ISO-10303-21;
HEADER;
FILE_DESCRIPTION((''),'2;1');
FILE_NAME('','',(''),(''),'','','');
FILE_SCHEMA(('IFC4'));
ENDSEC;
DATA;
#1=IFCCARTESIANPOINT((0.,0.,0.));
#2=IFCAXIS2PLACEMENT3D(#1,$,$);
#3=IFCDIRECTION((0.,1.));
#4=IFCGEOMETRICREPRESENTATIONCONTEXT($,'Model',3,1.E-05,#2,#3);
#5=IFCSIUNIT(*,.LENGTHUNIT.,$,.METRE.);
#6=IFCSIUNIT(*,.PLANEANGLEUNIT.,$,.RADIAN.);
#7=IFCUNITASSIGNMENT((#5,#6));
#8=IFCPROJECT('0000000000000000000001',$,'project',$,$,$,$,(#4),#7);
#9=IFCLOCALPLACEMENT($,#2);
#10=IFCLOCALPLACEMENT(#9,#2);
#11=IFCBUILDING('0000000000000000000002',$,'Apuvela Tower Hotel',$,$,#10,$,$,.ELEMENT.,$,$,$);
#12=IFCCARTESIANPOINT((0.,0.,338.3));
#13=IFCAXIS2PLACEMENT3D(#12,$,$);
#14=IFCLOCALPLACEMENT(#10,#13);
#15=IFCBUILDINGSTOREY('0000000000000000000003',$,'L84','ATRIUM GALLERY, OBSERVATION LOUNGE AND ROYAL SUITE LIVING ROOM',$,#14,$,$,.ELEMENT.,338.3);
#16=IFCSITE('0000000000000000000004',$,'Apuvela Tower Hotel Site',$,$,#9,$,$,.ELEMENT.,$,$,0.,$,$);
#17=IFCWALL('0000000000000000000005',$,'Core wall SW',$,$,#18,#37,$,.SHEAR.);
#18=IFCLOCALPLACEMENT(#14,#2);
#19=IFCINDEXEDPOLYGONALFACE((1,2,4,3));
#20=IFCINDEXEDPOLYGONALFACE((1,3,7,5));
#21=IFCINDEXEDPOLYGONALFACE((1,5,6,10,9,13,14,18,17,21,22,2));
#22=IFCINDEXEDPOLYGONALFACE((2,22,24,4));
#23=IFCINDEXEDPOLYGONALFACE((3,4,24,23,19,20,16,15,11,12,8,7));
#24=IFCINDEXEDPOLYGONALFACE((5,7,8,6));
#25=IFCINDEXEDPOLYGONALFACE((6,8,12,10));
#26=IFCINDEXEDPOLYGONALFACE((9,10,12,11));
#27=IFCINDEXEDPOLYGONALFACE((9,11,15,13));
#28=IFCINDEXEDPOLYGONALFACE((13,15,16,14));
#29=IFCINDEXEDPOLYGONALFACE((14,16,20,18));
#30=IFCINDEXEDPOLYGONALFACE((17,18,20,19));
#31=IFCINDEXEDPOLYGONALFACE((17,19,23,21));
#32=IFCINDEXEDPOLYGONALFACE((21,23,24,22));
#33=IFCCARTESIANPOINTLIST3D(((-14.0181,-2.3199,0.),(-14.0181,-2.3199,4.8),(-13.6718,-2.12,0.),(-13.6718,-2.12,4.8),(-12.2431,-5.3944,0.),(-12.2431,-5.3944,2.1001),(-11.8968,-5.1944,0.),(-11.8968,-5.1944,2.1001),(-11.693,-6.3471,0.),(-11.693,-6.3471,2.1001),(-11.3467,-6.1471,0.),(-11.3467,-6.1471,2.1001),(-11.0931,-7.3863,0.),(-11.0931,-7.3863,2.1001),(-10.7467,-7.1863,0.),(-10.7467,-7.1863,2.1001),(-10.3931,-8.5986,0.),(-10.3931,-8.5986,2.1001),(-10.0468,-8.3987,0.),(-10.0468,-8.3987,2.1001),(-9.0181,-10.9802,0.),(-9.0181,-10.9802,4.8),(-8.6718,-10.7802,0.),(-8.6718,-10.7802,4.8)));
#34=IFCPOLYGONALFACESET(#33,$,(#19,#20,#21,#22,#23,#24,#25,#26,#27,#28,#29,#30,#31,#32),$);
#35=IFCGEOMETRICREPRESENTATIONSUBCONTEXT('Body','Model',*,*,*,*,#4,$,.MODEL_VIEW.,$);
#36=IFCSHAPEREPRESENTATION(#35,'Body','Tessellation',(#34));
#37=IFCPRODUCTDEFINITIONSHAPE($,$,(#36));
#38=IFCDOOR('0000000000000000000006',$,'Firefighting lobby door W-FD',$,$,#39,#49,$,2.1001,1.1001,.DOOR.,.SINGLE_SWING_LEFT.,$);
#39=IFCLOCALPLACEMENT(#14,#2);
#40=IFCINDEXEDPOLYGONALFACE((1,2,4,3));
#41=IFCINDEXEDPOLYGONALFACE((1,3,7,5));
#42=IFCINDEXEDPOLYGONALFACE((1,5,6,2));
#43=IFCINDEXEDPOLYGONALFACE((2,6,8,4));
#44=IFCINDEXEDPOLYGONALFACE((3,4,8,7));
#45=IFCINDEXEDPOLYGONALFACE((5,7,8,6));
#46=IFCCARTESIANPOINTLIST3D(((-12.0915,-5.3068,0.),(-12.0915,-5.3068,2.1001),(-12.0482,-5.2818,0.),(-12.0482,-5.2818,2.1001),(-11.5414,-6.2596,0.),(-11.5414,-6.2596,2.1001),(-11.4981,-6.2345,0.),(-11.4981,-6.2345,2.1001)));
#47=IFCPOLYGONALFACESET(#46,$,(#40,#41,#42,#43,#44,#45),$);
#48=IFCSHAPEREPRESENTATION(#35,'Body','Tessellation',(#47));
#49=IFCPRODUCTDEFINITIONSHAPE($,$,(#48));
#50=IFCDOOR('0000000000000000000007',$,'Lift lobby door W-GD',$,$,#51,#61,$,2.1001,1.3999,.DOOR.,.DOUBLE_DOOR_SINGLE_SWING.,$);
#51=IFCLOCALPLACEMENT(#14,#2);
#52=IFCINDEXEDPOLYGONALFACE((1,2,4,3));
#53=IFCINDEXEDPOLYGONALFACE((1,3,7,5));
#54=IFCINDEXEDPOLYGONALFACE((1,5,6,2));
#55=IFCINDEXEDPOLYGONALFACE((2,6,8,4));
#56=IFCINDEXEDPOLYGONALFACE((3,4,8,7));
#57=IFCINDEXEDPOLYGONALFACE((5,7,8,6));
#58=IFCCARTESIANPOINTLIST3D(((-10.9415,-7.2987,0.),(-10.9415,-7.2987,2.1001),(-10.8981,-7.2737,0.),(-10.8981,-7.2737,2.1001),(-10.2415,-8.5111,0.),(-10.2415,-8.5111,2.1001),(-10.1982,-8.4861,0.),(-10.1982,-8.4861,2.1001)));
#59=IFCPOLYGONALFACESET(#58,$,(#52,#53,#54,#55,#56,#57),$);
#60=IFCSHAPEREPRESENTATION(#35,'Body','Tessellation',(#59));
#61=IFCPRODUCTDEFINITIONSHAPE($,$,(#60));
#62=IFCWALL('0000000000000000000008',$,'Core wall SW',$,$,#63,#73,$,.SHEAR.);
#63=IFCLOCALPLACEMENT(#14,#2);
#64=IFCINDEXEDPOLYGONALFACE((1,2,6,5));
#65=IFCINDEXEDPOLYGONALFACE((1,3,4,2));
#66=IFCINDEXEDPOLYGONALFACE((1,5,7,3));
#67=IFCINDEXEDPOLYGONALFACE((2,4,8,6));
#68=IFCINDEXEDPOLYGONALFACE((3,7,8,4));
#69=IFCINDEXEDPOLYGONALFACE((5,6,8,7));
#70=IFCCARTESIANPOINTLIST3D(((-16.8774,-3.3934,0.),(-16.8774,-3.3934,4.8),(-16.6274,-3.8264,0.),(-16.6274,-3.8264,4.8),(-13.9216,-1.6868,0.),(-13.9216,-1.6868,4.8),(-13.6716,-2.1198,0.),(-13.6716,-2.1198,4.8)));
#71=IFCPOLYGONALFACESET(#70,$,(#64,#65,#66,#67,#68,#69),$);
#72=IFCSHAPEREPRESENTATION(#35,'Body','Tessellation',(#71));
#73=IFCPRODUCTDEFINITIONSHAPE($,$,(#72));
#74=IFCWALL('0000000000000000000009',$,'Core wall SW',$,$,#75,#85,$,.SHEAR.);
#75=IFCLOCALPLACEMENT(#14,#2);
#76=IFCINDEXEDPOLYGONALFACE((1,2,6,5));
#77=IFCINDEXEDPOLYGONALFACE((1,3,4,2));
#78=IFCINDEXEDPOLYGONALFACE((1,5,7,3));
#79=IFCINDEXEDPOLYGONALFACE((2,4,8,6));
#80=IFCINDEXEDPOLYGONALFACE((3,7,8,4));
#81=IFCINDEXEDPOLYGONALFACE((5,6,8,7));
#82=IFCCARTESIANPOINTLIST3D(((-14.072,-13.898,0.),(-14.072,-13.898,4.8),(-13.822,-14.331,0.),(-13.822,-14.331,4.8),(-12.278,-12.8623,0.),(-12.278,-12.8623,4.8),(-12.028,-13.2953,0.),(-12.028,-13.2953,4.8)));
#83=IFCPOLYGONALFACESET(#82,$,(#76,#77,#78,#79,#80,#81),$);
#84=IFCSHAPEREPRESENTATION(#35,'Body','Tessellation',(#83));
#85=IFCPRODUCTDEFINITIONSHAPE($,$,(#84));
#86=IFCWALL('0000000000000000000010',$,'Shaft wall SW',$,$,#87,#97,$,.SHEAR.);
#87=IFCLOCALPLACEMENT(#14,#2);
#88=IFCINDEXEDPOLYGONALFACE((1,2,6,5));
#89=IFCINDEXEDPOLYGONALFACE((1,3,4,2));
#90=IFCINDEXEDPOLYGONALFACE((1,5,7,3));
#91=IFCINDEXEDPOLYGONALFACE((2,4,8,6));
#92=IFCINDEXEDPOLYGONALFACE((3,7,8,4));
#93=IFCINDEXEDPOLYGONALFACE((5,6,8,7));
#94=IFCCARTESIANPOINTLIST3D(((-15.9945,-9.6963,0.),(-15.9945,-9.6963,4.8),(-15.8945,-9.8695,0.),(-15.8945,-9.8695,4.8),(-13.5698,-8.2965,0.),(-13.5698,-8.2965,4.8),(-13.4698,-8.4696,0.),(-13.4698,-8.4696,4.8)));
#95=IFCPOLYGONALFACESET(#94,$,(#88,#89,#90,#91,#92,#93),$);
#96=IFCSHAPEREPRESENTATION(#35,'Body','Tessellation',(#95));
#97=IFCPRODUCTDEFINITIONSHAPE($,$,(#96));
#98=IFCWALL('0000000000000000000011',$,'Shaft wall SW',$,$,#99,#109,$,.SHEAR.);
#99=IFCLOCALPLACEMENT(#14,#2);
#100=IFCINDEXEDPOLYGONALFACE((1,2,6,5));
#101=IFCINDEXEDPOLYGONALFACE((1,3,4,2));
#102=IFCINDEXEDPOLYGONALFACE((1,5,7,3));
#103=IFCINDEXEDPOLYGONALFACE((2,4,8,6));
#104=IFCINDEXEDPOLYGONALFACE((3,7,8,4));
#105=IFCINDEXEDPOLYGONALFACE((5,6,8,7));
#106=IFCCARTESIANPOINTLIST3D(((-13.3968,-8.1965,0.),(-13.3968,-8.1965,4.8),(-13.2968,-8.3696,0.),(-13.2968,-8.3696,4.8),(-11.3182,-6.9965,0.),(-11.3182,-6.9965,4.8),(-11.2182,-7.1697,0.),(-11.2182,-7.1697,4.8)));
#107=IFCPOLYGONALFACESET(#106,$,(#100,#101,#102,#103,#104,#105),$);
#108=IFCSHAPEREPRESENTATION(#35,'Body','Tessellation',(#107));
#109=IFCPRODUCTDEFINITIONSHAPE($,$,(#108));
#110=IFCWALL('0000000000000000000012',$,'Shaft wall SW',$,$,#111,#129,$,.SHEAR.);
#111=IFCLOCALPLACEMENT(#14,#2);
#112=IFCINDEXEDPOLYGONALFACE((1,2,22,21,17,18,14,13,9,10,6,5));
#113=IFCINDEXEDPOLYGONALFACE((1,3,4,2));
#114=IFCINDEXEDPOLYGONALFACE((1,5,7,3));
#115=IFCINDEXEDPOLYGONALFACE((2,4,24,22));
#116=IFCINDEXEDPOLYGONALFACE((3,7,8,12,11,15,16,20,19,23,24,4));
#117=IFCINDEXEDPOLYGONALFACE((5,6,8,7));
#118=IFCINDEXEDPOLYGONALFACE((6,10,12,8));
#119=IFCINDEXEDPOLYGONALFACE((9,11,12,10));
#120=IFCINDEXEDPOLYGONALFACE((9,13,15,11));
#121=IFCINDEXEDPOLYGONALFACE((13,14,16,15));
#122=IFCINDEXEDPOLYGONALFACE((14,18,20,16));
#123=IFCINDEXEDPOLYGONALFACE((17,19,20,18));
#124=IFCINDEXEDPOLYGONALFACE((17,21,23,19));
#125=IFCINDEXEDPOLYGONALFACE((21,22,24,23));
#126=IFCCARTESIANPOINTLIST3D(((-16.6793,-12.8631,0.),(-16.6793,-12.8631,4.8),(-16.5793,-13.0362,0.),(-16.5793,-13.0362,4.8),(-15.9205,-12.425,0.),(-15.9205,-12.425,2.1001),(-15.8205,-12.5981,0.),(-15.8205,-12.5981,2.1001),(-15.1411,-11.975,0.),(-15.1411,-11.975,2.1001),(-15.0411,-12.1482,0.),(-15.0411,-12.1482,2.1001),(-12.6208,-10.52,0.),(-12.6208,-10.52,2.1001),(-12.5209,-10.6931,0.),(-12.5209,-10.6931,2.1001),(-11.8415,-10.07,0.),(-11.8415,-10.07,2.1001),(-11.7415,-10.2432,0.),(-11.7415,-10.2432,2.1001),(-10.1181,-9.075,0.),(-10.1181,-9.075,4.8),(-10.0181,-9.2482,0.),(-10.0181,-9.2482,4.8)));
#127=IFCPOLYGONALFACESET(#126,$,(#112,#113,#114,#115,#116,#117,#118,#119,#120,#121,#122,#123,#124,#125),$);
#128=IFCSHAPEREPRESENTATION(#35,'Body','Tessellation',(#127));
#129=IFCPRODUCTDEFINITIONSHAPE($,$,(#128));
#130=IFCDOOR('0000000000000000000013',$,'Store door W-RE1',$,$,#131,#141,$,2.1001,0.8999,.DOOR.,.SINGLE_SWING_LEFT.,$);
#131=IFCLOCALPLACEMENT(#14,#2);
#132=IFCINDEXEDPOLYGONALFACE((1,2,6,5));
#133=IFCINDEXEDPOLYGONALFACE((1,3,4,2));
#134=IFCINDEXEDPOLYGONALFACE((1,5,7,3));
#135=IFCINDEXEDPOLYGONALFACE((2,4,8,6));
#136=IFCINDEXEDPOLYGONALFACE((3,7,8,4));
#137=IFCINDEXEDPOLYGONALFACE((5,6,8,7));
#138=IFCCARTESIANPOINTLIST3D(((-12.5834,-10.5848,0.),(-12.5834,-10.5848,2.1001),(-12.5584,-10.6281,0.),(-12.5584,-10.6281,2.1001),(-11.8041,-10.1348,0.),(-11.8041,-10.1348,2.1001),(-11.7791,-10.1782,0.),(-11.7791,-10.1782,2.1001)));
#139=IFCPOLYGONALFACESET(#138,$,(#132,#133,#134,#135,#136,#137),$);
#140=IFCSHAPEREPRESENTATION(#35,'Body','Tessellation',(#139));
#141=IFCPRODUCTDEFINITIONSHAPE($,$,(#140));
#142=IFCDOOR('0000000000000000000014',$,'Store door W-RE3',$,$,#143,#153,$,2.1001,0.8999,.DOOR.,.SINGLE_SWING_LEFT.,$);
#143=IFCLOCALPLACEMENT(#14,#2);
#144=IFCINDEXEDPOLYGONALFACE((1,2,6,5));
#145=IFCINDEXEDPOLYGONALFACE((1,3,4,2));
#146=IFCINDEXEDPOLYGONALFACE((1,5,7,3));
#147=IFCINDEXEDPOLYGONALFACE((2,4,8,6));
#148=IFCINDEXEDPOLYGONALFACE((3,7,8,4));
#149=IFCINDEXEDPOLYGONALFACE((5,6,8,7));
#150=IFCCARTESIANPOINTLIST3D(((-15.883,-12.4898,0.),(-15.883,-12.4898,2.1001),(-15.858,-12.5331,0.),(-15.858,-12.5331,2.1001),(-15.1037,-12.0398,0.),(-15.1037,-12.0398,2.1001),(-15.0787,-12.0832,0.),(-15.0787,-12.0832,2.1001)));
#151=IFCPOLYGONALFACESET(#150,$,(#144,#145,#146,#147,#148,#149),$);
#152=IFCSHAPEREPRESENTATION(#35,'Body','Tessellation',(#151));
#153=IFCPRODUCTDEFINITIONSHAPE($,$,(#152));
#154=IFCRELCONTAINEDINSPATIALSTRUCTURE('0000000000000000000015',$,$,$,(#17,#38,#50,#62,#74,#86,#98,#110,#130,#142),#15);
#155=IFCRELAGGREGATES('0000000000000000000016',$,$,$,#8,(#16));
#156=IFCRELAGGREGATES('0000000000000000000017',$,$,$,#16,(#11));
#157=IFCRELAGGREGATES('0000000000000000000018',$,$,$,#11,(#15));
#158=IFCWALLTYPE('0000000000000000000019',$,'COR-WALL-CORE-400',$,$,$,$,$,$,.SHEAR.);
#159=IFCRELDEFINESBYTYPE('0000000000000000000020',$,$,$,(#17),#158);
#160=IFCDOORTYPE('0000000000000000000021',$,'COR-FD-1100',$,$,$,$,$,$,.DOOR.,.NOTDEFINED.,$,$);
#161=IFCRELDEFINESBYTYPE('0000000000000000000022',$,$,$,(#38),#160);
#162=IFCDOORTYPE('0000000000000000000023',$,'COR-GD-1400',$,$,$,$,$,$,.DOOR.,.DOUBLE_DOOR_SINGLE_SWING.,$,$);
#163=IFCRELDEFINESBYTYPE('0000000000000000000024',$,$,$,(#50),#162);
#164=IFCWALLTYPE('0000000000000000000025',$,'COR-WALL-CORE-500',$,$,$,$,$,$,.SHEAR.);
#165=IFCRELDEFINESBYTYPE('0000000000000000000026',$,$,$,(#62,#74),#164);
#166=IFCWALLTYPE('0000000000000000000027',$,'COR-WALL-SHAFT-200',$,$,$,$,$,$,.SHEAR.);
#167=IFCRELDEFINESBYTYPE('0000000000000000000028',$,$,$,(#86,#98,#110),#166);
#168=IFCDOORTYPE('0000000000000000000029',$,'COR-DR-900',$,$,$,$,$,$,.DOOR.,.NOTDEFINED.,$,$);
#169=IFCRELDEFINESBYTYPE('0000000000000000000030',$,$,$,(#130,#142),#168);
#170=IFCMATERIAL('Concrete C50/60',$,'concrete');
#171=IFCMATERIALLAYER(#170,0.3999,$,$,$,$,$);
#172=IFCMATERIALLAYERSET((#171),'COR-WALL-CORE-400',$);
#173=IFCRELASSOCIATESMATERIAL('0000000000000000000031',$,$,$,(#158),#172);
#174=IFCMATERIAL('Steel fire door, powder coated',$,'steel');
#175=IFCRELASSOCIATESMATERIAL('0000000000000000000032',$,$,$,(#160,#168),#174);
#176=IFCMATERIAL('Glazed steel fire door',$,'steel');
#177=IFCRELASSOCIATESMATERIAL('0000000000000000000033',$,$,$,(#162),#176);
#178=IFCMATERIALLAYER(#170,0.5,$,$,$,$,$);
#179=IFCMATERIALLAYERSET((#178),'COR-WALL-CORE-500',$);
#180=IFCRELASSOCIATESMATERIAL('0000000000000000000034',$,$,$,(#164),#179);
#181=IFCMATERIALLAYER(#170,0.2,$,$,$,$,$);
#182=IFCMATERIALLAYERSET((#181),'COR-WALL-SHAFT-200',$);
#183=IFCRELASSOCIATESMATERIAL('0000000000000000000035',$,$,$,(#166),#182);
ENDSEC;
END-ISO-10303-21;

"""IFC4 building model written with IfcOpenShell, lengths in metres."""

from ifc_helpers import new_model, si_unit, direction, frame, frame_2d, origin, place, context, subcontext, project, spatial, rectangle, extrude, material, layer, layer_set, type_object, element, fill, save


model = new_model("IFC4")

# Units and contexts
model_context = context("Model", 3, precision=1e-05, world=origin(), true_north=direction((0.0, 1.0)))
body_context = subcontext(model_context, "Body", "Model", "MODEL_VIEW")
ifc_project = project(units=[si_unit("LENGTHUNIT", "METRE"), si_unit("PLANEANGLEUNIT", "RADIAN")], contexts=[model_context])

# Site, building, storey
site_placement = place(None, origin())
site = spatial("IfcSite", under=ifc_project, at=site_placement, Name="Apuvela Tower Hotel Site", CompositionType="ELEMENT", RefElevation=0.0)
building_placement = place(site_placement, origin())
building = spatial("IfcBuilding", under=site, at=building_placement, Name="Apuvela Tower Hotel", CompositionType="ELEMENT")
storey_placement = place(building_placement, frame((0.0, 0.0, 338.3)))
storey = spatial("IfcBuildingStorey", under=building, at=storey_placement, Name="L84", Description="ATRIUM GALLERY, OBSERVATION LOUNGE AND ROYAL SUITE LIVING ROOM", CompositionType="ELEMENT", Elevation=338.3)

# Shared definitions
ifc_material_1 = material(Name="Concrete C50/60", Category="concrete")

# Wall, openings, doors
ifc_layer_1 = layer(ifc_material_1, 0.3999)
ifc_layer_set_1 = layer_set([ifc_layer_1], Name="COR-WALL-CORE-400")
wall_type_1 = type_object("IfcWallType", Name="COR-WALL-CORE-400", PredefinedType="SHEAR", material=ifc_layer_set_1)
wall_1_placement = place(storey_placement, frame((-13.845, -2.22, 0.0), z_axis=(0.0, 0.0, 1.0), x_axis=(0.500004, -0.866023, 0.0)))
wall_1 = element("IfcWall", 1, at=wall_1_placement, inside=storey, type_object=wall_type_1, Name="Core wall SW", PredefinedType="SHEAR", context=body_context, shape_type="SweptSolid", body=[
    extrude(rectangle(XDim=10.0, YDim=0.3999, at=frame_2d((5.0, 0.0))), origin(), (0.0, 0.0, 1.0), 4.8),
])
opening_1_placement = place(wall_1_placement, frame((3.55, 0.0, 0.0)))
opening_1 = element("IfcOpeningElement", 2, at=opening_1_placement, cuts=wall_1, PredefinedType="OPENING", context=body_context, shape_type="SweptSolid", body=[
    extrude(rectangle(XDim=1.1001, YDim=2.1001, at=frame_2d((0.55, 1.05))), frame((0.0, 0.21, 0.0), z_axis=(0.0, -1.0, 0.0), x_axis=(1.0, 0.0, 0.0)), (0.0, 0.0, 1.0), 0.4199),
])
opening_2_placement = place(wall_1_placement, frame((5.8501, 0.0, 0.0)))
opening_2 = element("IfcOpeningElement", 3, at=opening_2_placement, cuts=wall_1, PredefinedType="OPENING", context=body_context, shape_type="SweptSolid", body=[
    extrude(rectangle(XDim=1.3999, YDim=2.1001, at=frame_2d((0.7, 1.05))), frame((0.0, 0.21, 0.0), z_axis=(0.0, -1.0, 0.0), x_axis=(1.0, 0.0, 0.0)), (0.0, 0.0, 1.0), 0.4199),
])
ifc_material_2 = material(Name="Steel fire door, powder coated", Category="steel")
door_type_1 = type_object("IfcDoorType", Name="COR-FD-1100", OperationType="NOTDEFINED", PredefinedType="DOOR", material=ifc_material_2)
door_1_placement = place(opening_1_placement, frame((1.1001, 0.0, 0.0), z_axis=(0.0, 0.0, 1.0), x_axis=(-1.0, 0.0, 0.0)))
door_1 = element("IfcDoor", 4, at=door_1_placement, inside=storey, type_object=door_type_1, Name="Firefighting lobby door W-FD", OperationType="SINGLE_SWING_LEFT", OverallHeight=2.1001, OverallWidth=1.1001, PredefinedType="DOOR", context=body_context, shape_type="SweptSolid", body=[
    extrude(rectangle(XDim=1.1001, YDim=2.1001, at=frame_2d((0.55, 1.05))), frame((0.0, 0.0249, 0.0), z_axis=(0.0, -1.0, 0.0), x_axis=(1.0, 0.0, 0.0)), (0.0, 0.0, 1.0), 0.05),
])
fill(opening_1, door_1)
ifc_material_3 = material(Name="Glazed steel fire door", Category="steel")
door_type_2 = type_object("IfcDoorType", Name="COR-GD-1400", OperationType="DOUBLE_DOOR_SINGLE_SWING", PredefinedType="DOOR", material=ifc_material_3)
door_2_placement = place(opening_2_placement, frame((1.3999, 0.0, 0.0), z_axis=(0.0, 0.0, 1.0), x_axis=(-1.0, 0.0, 0.0)))
door_2 = element("IfcDoor", 5, at=door_2_placement, inside=storey, type_object=door_type_2, Name="Lift lobby door W-GD", OperationType="DOUBLE_DOOR_SINGLE_SWING", OverallHeight=2.1001, OverallWidth=1.3999, PredefinedType="DOOR", context=body_context, shape_type="SweptSolid", body=[
    extrude(rectangle(XDim=1.3999, YDim=2.1001, at=frame_2d((0.7, 1.05))), frame((0.0, 0.0249, 0.0), z_axis=(0.0, -1.0, 0.0), x_axis=(1.0, 0.0, 0.0)), (0.0, 0.0, 1.0), 0.05),
])
fill(opening_2, door_2)

# Walls
ifc_layer_2 = layer(ifc_material_1, 0.5)
ifc_layer_set_2 = layer_set([ifc_layer_2], Name="COR-WALL-CORE-500")
wall_type_2 = type_object("IfcWallType", Name="COR-WALL-CORE-500", PredefinedType="SHEAR", material=ifc_layer_set_2)
wall_2_placement = place(storey_placement, frame((-13.7966, -1.9033, 0.0), z_axis=(0.0, 0.0, 1.0), x_axis=(-0.866025, -0.500001, 0.0)))
element("IfcWall", 6, at=wall_2_placement, inside=storey, type_object=wall_type_2, Name="Core wall SW", PredefinedType="SHEAR", context=body_context, shape_type="SweptSolid", body=[
    extrude(rectangle(XDim=3.4131, YDim=0.5, at=frame_2d((1.7065, 0.0))), origin(), (0.0, 0.0, 1.0), 4.8),
])
wall_3_placement = place(storey_placement, frame((-12.1531, -13.0789, 0.0), z_axis=(0.0, 0.0, 1.0), x_axis=(-0.866044, -0.499967, 0.0)))
element("IfcWall", 7, at=wall_3_placement, inside=storey, type_object=wall_type_2, Name="Core wall SW", PredefinedType="SHEAR", context=body_context, shape_type="SweptSolid", body=[
    extrude(rectangle(XDim=2.0715, YDim=0.5, at=frame_2d((1.0356, 0.0))), origin(), (0.0, 0.0, 1.0), 4.8),
])
ifc_layer_3 = layer(ifc_material_1, 0.2)
ifc_layer_set_3 = layer_set([ifc_layer_3], Name="COR-WALL-SHAFT-200")
wall_type_3 = type_object("IfcWallType", Name="COR-WALL-SHAFT-200", PredefinedType="SHEAR", material=ifc_layer_set_3)
wall_4_placement = place(storey_placement, frame((-13.5198, -8.3831, 0.0), z_axis=(0.0, 0.0, 1.0), x_axis=(-0.866035, -0.499984, 0.0)))
element("IfcWall", 8, at=wall_4_placement, inside=storey, type_object=wall_type_3, Name="Shaft wall SW", PredefinedType="SHEAR", context=body_context, shape_type="SweptSolid", body=[
    extrude(rectangle(XDim=2.7998, YDim=0.2, at=frame_2d((1.3999, 0.0))), origin(), (0.0, 0.0, 1.0), 4.8),
])
wall_5_placement = place(storey_placement, frame((-11.2681, -7.083, 0.0), z_axis=(0.0, 0.0, 1.0), x_axis=(-0.86605, -0.499957, 0.0)))
element("IfcWall", 9, at=wall_5_placement, inside=storey, type_object=wall_type_3, Name="Shaft wall SW", PredefinedType="SHEAR", context=body_context, shape_type="SweptSolid", body=[
    extrude(rectangle(XDim=2.4001, YDim=0.2, at=frame_2d((1.2002, 0.0))), origin(), (0.0, 0.0, 1.0), 4.8),
])

# Wall, openings, doors
wall_6_placement = place(storey_placement, frame((-10.0681, -9.1616, 0.0), z_axis=(0.0, 0.0, 1.0), x_axis=(-0.866029, -0.499993, 0.0)))
wall_6 = element("IfcWall", 10, at=wall_6_placement, inside=storey, type_object=wall_type_3, Name="Shaft wall SW", PredefinedType="SHEAR", context=body_context, shape_type="SweptSolid", body=[
    extrude(rectangle(XDim=7.5762, YDim=0.2, at=frame_2d((3.7881, 0.0))), origin(), (0.0, 0.0, 1.0), 4.8),
])
opening_3_placement = place(wall_6_placement, frame((1.99, 0.0, 0.0)))
opening_3 = element("IfcOpeningElement", 11, at=opening_3_placement, cuts=wall_6, PredefinedType="OPENING", context=body_context, shape_type="SweptSolid", body=[
    extrude(rectangle(XDim=0.8999, YDim=2.1001, at=frame_2d((0.45, 1.05))), frame((0.0, 0.1099, 0.0), z_axis=(0.0, -1.0, 0.0), x_axis=(1.0, 0.0, 0.0)), (0.0, 0.0, 1.0), 0.22),
])
opening_4_placement = place(wall_6_placement, frame((5.8, 0.0, 0.0)))
opening_4 = element("IfcOpeningElement", 12, at=opening_4_placement, cuts=wall_6, PredefinedType="OPENING", context=body_context, shape_type="SweptSolid", body=[
    extrude(rectangle(XDim=0.8999, YDim=2.1001, at=frame_2d((0.45, 1.05))), frame((0.0, 0.1099, 0.0), z_axis=(0.0, -1.0, 0.0), x_axis=(1.0, 0.0, 0.0)), (0.0, 0.0, 1.0), 0.22),
])
door_type_3 = type_object("IfcDoorType", Name="COR-DR-900", OperationType="NOTDEFINED", PredefinedType="DOOR", material=ifc_material_2)
door_3_placement = place(opening_3_placement, origin())
door_3 = element("IfcDoor", 13, at=door_3_placement, inside=storey, type_object=door_type_3, Name="Store door W-RE1", OperationType="SINGLE_SWING_LEFT", OverallHeight=2.1001, OverallWidth=0.8999, PredefinedType="DOOR", context=body_context, shape_type="SweptSolid", body=[
    extrude(rectangle(XDim=0.8999, YDim=2.1001, at=frame_2d((0.45, 1.05))), frame((0.0, 0.0249, 0.0), z_axis=(0.0, -1.0, 0.0), x_axis=(1.0, 0.0, 0.0)), (0.0, 0.0, 1.0), 0.05),
])
fill(opening_3, door_3)
door_4_placement = place(opening_4_placement, origin())
door_4 = element("IfcDoor", 14, at=door_4_placement, inside=storey, type_object=door_type_3, Name="Store door W-RE3", OperationType="SINGLE_SWING_LEFT", OverallHeight=2.1001, OverallWidth=0.8999, PredefinedType="DOOR", context=body_context, shape_type="SweptSolid", body=[
    extrude(rectangle(XDim=0.8999, YDim=2.1001, at=frame_2d((0.45, 1.05))), frame((0.0, 0.0249, 0.0), z_axis=(0.0, -1.0, 0.0), x_axis=(1.0, 0.0, 0.0)), (0.0, 0.0, 1.0), 0.05),
])
fill(opening_4, door_4)

save(model, "model.ifc")
